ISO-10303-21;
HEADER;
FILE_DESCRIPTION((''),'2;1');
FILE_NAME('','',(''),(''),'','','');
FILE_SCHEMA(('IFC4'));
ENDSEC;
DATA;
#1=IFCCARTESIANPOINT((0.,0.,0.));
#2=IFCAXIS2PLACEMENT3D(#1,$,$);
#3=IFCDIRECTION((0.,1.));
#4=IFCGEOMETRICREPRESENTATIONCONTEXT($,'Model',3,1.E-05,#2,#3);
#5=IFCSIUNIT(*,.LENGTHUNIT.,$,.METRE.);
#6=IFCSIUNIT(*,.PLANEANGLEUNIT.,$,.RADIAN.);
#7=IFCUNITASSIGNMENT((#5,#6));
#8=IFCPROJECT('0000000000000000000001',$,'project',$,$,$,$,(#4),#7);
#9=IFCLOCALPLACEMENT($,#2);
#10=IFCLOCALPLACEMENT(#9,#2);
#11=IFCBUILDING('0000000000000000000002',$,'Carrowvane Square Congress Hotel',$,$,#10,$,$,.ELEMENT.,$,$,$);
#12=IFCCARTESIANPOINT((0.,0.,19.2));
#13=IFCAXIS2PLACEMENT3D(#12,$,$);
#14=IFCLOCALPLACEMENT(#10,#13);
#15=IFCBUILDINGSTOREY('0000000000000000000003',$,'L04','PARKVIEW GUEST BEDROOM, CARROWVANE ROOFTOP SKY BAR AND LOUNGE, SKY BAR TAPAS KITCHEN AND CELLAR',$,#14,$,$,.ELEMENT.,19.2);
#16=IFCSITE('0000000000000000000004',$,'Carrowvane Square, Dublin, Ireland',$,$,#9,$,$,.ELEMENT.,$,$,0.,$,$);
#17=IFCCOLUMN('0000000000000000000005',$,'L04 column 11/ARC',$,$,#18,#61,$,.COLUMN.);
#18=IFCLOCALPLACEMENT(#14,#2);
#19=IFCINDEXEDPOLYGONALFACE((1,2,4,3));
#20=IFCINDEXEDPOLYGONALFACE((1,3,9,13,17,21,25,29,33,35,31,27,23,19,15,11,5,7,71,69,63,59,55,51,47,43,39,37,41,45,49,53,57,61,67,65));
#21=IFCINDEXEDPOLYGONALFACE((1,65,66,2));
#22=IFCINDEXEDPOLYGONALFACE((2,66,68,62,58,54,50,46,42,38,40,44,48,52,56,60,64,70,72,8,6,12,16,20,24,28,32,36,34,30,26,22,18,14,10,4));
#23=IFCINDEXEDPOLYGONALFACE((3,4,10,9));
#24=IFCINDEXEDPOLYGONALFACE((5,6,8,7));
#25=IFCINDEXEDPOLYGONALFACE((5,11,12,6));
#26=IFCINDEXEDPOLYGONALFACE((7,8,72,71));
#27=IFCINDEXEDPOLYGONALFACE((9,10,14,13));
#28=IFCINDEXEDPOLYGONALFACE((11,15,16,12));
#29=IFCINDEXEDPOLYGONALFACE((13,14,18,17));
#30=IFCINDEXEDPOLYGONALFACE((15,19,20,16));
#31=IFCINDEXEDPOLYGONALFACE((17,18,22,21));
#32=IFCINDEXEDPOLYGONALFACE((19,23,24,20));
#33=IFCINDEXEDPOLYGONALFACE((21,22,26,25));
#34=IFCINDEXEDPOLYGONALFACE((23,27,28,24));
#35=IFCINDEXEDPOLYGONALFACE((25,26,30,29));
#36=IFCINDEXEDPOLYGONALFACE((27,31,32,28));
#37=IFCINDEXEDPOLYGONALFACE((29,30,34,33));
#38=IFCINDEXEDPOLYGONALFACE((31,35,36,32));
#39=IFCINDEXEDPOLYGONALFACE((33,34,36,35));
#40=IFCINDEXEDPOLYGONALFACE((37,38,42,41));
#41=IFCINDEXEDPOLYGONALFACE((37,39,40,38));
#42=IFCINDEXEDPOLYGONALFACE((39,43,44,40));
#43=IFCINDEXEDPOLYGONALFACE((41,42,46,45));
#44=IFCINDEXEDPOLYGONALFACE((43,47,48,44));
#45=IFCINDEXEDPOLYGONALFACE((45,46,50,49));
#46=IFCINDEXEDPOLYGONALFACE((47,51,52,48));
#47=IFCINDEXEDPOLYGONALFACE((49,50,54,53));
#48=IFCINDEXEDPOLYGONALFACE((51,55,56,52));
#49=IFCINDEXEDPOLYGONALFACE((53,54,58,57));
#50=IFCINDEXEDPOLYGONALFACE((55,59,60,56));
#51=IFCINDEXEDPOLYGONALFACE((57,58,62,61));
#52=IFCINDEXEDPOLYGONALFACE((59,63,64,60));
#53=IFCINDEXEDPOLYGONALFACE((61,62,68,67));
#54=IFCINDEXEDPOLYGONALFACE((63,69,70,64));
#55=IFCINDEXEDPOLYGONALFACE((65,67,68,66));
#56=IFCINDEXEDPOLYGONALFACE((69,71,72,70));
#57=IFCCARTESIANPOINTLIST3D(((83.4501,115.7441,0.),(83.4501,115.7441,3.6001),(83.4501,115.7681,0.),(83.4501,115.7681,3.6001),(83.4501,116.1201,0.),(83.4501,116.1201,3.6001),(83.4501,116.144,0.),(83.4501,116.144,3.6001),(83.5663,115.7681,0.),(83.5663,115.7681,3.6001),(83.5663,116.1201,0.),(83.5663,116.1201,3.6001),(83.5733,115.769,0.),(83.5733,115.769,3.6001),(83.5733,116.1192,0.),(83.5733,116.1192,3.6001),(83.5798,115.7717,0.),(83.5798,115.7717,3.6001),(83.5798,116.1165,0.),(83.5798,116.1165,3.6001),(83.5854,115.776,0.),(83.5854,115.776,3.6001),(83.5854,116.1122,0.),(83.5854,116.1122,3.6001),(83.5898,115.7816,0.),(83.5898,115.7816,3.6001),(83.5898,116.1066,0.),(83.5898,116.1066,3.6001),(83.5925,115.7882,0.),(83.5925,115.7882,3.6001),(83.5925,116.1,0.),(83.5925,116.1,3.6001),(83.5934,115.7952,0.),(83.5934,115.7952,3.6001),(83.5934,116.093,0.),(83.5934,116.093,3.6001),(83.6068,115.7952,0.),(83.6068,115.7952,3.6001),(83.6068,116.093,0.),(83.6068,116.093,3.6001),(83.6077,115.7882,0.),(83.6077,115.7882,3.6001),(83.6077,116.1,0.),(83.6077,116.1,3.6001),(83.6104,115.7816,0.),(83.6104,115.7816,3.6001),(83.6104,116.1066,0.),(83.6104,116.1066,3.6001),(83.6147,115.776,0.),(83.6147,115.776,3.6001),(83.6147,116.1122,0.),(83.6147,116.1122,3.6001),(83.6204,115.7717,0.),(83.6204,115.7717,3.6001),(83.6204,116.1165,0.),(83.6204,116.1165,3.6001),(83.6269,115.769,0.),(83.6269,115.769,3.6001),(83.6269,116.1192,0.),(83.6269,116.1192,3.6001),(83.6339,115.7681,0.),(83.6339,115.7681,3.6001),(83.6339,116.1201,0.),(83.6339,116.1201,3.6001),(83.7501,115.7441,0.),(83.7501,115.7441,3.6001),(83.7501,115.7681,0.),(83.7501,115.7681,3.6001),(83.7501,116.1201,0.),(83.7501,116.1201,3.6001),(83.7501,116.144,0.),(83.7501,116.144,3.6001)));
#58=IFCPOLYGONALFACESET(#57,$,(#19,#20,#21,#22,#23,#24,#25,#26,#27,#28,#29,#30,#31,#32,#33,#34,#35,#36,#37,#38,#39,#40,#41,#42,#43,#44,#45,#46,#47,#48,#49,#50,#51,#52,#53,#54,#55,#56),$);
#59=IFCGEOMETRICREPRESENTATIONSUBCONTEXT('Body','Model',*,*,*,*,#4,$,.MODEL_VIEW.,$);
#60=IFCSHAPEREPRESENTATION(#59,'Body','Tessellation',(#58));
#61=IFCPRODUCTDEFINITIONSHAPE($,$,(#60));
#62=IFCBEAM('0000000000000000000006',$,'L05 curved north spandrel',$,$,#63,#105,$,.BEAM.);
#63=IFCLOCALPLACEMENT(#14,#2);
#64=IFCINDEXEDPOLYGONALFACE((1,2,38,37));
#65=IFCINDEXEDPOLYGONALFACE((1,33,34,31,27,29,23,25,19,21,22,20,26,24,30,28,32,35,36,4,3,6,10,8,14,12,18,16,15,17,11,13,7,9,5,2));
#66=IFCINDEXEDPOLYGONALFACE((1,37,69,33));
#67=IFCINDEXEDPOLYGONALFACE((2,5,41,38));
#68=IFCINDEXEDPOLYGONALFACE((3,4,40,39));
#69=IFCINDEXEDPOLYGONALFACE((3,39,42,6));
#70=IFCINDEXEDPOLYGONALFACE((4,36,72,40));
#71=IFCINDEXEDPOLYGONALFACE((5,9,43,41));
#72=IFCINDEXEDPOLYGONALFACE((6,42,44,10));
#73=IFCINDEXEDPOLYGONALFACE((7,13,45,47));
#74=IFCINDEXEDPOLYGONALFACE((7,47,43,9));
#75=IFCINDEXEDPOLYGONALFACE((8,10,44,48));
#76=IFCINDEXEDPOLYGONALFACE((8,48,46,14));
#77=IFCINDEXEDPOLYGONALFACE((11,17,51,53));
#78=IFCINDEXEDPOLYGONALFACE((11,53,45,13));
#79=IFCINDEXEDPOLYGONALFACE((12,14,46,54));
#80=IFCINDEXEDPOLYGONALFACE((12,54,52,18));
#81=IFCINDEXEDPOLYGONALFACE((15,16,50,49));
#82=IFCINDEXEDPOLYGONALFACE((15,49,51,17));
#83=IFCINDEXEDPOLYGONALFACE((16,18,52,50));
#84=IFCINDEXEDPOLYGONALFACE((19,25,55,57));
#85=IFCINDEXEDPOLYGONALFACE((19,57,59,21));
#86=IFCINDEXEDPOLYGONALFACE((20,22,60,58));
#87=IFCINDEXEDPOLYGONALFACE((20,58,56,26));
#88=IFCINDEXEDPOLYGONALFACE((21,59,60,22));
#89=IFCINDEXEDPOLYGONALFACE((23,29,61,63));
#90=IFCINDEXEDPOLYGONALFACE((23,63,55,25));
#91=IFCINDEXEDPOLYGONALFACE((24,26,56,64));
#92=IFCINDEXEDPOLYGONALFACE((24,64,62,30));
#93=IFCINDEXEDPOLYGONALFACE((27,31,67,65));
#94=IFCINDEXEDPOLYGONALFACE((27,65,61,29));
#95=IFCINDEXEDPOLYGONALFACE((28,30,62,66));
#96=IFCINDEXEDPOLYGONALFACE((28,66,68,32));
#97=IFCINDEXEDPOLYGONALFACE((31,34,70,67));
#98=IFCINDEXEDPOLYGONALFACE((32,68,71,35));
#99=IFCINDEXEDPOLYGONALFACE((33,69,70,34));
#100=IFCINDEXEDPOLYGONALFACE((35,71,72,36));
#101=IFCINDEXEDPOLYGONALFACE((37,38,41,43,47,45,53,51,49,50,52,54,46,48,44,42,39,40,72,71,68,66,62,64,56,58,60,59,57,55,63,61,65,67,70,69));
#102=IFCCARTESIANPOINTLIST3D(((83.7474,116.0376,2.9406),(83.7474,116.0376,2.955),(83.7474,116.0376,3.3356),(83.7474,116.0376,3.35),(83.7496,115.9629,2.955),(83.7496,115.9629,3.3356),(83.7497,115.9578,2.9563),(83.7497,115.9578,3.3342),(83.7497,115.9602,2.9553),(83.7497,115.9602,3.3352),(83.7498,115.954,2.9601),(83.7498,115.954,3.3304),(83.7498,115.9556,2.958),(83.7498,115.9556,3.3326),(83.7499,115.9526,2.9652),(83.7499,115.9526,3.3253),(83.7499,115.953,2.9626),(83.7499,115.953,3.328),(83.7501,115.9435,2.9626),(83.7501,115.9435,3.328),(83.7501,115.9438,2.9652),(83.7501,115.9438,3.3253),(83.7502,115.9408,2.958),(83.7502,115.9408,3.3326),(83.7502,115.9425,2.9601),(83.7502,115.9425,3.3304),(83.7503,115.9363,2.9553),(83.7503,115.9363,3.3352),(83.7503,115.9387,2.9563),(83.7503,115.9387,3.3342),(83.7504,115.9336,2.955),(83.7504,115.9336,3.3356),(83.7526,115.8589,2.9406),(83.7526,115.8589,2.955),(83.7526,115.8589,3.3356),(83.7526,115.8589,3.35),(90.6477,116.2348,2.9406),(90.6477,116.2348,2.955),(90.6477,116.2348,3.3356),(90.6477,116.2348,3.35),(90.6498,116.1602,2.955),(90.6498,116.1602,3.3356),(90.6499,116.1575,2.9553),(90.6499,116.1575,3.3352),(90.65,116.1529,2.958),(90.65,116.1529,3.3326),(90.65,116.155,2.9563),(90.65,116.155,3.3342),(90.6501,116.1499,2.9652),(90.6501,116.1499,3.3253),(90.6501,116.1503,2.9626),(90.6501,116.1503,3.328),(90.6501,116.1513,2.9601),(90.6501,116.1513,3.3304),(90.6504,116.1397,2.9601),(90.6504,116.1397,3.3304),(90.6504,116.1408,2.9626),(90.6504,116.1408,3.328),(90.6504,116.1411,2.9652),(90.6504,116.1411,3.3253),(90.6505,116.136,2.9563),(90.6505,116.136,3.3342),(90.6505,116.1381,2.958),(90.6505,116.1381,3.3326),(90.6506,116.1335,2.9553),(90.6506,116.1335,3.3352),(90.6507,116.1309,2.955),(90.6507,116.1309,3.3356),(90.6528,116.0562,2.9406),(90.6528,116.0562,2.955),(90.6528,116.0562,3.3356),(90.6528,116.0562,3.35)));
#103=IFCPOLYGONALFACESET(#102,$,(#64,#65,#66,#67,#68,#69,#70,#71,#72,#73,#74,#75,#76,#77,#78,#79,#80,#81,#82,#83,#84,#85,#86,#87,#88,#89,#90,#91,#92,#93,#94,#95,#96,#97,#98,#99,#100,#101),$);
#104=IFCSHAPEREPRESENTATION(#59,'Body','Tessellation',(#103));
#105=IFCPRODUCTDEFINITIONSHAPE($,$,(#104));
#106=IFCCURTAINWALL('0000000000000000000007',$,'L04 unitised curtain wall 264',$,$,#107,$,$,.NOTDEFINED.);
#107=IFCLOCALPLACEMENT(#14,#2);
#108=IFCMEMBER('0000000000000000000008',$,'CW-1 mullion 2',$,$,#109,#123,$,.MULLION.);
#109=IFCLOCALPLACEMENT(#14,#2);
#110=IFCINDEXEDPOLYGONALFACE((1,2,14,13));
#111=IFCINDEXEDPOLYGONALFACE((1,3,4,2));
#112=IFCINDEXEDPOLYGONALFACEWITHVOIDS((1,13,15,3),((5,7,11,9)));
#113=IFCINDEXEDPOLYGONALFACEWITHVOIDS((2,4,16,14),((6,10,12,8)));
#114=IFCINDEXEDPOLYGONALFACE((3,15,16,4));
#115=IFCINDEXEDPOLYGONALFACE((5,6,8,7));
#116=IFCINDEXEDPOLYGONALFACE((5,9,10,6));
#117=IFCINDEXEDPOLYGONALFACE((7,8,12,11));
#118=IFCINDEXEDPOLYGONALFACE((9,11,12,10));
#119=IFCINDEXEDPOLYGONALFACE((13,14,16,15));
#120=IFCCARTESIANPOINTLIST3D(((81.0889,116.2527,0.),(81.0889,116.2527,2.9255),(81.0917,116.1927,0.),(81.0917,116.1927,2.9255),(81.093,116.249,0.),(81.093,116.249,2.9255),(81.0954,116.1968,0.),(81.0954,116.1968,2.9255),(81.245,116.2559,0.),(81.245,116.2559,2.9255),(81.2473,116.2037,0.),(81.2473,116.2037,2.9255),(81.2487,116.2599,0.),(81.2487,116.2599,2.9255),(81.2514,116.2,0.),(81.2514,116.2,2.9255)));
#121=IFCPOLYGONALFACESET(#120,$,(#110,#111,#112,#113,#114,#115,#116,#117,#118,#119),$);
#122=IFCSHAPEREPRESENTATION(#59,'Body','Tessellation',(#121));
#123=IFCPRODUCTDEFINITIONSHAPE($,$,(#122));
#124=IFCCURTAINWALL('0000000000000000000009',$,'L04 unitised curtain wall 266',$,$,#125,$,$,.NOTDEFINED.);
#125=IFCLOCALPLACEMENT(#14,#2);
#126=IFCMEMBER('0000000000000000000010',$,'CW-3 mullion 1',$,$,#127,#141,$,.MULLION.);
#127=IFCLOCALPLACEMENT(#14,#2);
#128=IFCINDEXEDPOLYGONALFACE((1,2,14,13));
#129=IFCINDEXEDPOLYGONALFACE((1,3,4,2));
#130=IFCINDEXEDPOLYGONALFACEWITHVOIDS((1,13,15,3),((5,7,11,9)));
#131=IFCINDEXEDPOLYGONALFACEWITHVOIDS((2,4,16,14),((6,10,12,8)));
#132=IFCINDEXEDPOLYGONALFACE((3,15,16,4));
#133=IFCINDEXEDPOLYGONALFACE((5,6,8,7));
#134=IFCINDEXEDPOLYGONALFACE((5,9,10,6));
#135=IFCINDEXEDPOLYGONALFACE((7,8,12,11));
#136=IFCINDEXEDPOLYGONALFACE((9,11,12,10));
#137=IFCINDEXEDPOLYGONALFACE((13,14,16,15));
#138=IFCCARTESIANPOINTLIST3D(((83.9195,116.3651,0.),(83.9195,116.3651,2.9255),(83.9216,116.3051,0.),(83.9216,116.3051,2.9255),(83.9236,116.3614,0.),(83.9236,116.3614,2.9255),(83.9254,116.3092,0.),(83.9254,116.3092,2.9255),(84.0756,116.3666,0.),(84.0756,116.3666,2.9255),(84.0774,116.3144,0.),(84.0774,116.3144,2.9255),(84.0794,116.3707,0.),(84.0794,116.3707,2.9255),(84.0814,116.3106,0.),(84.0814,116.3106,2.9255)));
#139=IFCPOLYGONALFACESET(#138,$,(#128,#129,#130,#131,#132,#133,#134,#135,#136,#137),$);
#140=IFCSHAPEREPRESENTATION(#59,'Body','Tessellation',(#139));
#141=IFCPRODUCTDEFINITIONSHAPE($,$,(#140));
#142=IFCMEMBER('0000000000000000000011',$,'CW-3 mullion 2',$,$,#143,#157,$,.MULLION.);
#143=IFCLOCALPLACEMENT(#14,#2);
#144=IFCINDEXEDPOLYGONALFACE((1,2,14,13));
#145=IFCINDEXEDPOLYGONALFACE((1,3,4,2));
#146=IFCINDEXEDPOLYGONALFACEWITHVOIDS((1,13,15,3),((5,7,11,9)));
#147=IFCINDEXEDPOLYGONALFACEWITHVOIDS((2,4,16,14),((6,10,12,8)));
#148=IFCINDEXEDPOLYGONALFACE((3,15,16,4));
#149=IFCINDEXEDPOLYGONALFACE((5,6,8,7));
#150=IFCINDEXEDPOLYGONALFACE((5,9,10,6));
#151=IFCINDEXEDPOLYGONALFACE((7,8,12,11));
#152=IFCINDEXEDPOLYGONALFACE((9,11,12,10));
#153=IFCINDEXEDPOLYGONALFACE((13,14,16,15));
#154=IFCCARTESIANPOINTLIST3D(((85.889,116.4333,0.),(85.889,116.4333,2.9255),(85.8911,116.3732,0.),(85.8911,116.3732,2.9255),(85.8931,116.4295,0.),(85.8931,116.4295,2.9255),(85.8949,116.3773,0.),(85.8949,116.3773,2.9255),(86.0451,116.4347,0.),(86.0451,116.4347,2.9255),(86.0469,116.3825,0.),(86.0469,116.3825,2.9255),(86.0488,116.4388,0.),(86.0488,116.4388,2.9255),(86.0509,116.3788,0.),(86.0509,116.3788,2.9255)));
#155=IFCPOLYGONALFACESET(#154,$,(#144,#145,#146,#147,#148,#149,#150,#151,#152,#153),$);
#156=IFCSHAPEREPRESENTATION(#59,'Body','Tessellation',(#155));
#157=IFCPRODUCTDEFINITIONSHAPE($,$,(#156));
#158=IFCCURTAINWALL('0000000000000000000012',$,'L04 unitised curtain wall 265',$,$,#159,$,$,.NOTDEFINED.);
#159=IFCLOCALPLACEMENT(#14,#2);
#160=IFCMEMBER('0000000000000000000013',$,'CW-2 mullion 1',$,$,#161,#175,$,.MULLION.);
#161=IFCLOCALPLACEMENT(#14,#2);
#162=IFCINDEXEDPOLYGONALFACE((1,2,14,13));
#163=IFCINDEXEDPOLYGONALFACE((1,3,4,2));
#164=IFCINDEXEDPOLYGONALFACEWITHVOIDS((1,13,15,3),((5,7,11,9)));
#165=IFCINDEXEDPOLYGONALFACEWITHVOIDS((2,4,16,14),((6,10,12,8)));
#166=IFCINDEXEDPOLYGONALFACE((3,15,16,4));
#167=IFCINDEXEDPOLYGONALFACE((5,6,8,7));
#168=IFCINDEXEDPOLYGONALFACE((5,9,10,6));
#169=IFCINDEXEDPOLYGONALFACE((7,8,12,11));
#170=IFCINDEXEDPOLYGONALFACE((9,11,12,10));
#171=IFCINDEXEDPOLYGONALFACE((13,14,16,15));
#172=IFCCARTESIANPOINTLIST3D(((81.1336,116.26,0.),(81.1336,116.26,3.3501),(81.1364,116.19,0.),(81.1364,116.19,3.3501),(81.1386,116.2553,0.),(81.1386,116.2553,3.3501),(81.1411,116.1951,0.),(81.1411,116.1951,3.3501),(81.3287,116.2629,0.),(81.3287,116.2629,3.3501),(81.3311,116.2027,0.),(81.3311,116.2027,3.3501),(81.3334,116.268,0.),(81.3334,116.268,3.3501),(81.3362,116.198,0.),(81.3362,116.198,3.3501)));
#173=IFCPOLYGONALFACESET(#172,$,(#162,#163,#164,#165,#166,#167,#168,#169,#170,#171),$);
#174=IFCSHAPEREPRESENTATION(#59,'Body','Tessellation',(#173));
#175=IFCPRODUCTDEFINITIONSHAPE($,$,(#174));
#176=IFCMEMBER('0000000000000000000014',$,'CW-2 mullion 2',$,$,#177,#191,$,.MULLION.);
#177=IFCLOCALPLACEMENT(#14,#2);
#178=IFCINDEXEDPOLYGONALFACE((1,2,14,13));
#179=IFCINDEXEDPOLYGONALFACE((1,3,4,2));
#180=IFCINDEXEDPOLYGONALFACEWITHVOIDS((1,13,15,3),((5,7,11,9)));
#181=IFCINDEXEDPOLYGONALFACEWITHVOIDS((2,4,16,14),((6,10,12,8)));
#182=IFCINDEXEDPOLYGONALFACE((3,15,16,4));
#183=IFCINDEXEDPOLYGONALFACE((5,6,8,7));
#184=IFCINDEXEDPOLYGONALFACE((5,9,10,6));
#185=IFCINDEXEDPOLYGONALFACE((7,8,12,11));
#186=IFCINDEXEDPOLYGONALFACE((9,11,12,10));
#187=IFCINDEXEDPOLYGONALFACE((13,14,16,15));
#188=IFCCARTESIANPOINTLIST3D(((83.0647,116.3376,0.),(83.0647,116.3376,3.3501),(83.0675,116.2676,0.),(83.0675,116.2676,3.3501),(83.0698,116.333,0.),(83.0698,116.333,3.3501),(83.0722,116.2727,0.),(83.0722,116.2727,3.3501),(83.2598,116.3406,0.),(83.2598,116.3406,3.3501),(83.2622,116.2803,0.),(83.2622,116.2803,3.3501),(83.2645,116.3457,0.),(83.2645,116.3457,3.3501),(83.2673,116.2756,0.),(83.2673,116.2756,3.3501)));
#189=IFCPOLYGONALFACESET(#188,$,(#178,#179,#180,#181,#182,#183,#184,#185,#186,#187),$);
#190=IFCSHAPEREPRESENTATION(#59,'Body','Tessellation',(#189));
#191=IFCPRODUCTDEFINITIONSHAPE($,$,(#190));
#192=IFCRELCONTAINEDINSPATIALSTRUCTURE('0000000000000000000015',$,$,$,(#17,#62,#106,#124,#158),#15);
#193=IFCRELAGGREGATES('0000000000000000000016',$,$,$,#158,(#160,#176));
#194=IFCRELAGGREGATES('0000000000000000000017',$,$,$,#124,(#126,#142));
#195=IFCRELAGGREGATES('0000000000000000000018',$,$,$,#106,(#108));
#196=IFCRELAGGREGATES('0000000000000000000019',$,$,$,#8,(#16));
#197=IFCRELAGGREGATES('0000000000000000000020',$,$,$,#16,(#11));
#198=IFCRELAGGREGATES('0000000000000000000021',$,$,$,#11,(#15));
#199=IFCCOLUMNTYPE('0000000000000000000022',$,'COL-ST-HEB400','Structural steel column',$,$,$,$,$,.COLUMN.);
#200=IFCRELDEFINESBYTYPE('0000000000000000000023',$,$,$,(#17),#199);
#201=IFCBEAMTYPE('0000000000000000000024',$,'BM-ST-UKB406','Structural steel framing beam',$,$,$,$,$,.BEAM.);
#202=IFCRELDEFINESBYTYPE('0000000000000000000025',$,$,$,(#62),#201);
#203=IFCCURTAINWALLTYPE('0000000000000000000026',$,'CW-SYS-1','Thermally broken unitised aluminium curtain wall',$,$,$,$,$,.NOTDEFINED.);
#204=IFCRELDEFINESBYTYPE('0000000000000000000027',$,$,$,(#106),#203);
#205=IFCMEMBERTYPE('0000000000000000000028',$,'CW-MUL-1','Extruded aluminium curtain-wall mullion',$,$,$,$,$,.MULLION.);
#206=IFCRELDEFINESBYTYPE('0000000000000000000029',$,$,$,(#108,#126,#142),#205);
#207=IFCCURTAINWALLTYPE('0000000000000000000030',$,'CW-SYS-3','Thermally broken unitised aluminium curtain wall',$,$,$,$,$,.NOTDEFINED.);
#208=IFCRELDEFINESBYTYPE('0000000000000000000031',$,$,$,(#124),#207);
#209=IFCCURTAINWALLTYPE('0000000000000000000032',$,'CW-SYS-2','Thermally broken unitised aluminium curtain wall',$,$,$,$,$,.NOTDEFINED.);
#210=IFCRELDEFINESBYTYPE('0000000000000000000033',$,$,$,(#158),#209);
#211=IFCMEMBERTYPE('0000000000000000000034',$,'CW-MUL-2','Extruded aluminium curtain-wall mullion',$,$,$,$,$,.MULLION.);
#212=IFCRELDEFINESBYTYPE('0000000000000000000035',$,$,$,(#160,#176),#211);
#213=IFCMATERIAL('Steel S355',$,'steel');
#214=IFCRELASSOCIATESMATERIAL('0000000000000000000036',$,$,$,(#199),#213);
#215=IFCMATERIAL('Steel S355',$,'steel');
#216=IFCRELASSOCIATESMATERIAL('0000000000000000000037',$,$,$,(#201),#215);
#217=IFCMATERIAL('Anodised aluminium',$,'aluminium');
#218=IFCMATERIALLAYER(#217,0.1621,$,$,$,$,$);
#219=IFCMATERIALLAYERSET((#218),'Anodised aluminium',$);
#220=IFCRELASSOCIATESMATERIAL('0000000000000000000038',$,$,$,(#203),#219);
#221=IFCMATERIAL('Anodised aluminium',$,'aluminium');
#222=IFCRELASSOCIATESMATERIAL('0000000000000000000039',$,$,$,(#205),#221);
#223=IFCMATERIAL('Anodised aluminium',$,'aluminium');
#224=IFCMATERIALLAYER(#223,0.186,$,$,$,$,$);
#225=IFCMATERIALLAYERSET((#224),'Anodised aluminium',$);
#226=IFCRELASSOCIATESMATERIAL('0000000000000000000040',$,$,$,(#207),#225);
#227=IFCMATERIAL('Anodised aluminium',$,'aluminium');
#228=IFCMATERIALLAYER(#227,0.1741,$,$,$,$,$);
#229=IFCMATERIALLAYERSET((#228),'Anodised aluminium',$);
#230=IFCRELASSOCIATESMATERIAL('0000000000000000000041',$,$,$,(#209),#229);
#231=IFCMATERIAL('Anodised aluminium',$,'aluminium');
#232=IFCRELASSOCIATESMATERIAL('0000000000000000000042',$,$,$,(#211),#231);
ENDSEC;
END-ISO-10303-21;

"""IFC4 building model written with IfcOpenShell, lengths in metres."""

from ifc_helpers import new_model, si_unit, direction, frame, origin, origin_2d, place, context, subcontext, project, spatial, hollow_rectangle, i_section, extrude, material, layer, layer_set, material_profile, profile_set, type_object, element, aggregate, save


model = new_model("IFC4")

# Units and contexts
model_context = context("Model", 3, precision=1e-05, world=origin(), true_north=direction((0.0, 1.0)))
body_context = subcontext(model_context, "Body", "Model", "MODEL_VIEW")
ifc_project = project(units=[si_unit("LENGTHUNIT", "METRE"), si_unit("PLANEANGLEUNIT", "RADIAN")], contexts=[model_context])

# Site, building, storey
site_placement = place(None, origin())
site = spatial("IfcSite", under=ifc_project, at=site_placement, Name="Carrowvane Square, Dublin, Ireland", CompositionType="ELEMENT", RefElevation=0.0)
building_placement = place(site_placement, origin())
building = spatial("IfcBuilding", under=site, at=building_placement, Name="Carrowvane Square Congress Hotel", CompositionType="ELEMENT")
storey_placement = place(building_placement, frame((0.0, 0.0, 19.2)))
storey = spatial("IfcBuildingStorey", under=building, at=storey_placement, Name="L04", Description="PARKVIEW GUEST BEDROOM, CARROWVANE ROOFTOP SKY BAR AND LOUNGE, SKY BAR TAPAS KITCHEN AND CELLAR", CompositionType="ELEMENT", Elevation=19.2)

# Column
ifc_material_1 = material(Name="Steel S355", Category="steel")
ifc_material_profile_1 = material_profile(ifc_material_1, i_section(OverallWidth=0.3, OverallDepth=0.3999, WebThickness=0.0134, FlangeThickness=0.0239, FilletRadius=0.0271, at=origin_2d()), Name="HEB 400")
ifc_profile_set_1 = profile_set([ifc_material_profile_1], Name="Steel S355")
column_type = type_object("IfcColumnType", Name="COL-ST-HEB400", Description="Structural steel column", PredefinedType="COLUMN", material=ifc_profile_set_1)
column_placement = place(storey_placement, frame((83.6001, 115.9441, 0.0), z_axis=(0.0, 0.0, 1.0), x_axis=(1.0, 0.0, 0.0)))
element("IfcColumn", 1, at=column_placement, inside=storey, type_object=column_type, Name="L04 column 11/ARC", PredefinedType="COLUMN", context=body_context, shape_type="SweptSolid", body=[
    extrude(i_section(OverallWidth=0.3, OverallDepth=0.3999, WebThickness=0.0134, FlangeThickness=0.0239, FilletRadius=0.0271, at=origin_2d()), origin(), (0.0, 0.0, 1.0), 3.6001),
])

# Beam
ifc_material_2 = material(Name="Steel S355", Category="steel")
ifc_material_profile_2 = material_profile(ifc_material_2, i_section(OverallWidth=0.1787, OverallDepth=0.4094, WebThickness=0.0088, FlangeThickness=0.0144, FilletRadius=0.0103, at=origin_2d()), Name="UKB 406x178x67")
ifc_profile_set_2 = profile_set([ifc_material_profile_2], Name="Steel S355")
beam_type = type_object("IfcBeamType", Name="BM-ST-UKB406", Description="Structural steel framing beam", PredefinedType="BEAM", material=ifc_profile_set_2)
beam_placement = place(storey_placement, frame((83.75, 115.9482, 3.1453), z_axis=(0.999592, 0.028577, 0.0), x_axis=(-0.028577, 0.999592, 0.0)))
element("IfcBeam", 2, at=beam_placement, inside=storey, type_object=beam_type, Name="L05 curved north spandrel", PredefinedType="BEAM", context=body_context, shape_type="SweptSolid", body=[
    extrude(i_section(OverallWidth=0.1787, OverallDepth=0.4094, WebThickness=0.0088, FlangeThickness=0.0144, FilletRadius=0.0103, at=origin_2d()), origin(), (0.0, 0.0, 1.0), 6.9031),
])

# Curtain wall, member
ifc_material_3 = material(Name="Anodised aluminium", Category="aluminium")
ifc_layer_1 = layer(ifc_material_3, 0.1621)
ifc_layer_set_1 = layer_set([ifc_layer_1], Name="Anodised aluminium")
curtain_wall_type_1 = type_object("IfcCurtainWallType", Name="CW-SYS-1", Description="Thermally broken unitised aluminium curtain wall", PredefinedType="NOTDEFINED", material=ifc_layer_set_1)
curtain_wall_1_placement = place(storey_placement, origin())
curtain_wall_1 = element("IfcCurtainWall", 3, at=curtain_wall_1_placement, inside=storey, type_object=curtain_wall_type_1, Name="L04 unitised curtain wall 264", PredefinedType="NOTDEFINED")
ifc_material_4 = material(Name="Anodised aluminium", Category="aluminium")
ifc_material_profile_3 = material_profile(ifc_material_4, hollow_rectangle(XDim=0.0601, YDim=0.1599, WallThickness=0.0039, at=origin_2d()), Name="CW-ML 60x160x4")
ifc_profile_set_3 = profile_set([ifc_material_profile_3], Name="Anodised aluminium")
member_type_1 = type_object("IfcMemberType", Name="CW-MUL-1", Description="Extruded aluminium curtain-wall mullion", PredefinedType="MULLION", material=ifc_profile_set_3)
member_1_placement = place(storey_placement, frame((81.1702, 116.2263, 0.0), z_axis=(0.0, 0.0, 1.0), x_axis=(-0.045411, 0.998968, 0.0)))
member_1 = element("IfcMember", 4, at=member_1_placement, type_object=member_type_1, Name="CW-1 mullion 2", PredefinedType="MULLION", context=body_context, shape_type="SweptSolid", body=[
    extrude(hollow_rectangle(XDim=0.0601, YDim=0.1599, WallThickness=0.0039, at=origin_2d()), origin(), (0.0, 0.0, 1.0), 2.9255),
])

# Curtain walls, members
ifc_material_5 = material(Name="Anodised aluminium", Category="aluminium")
ifc_layer_2 = layer(ifc_material_5, 0.186)
ifc_layer_set_2 = layer_set([ifc_layer_2], Name="Anodised aluminium")
curtain_wall_type_2 = type_object("IfcCurtainWallType", Name="CW-SYS-3", Description="Thermally broken unitised aluminium curtain wall", PredefinedType="NOTDEFINED", material=ifc_layer_set_2)
curtain_wall_2_placement = place(storey_placement, origin())
curtain_wall_2 = element("IfcCurtainWall", 5, at=curtain_wall_2_placement, inside=storey, type_object=curtain_wall_type_2, Name="L04 unitised curtain wall 266", PredefinedType="NOTDEFINED")
member_2_placement = place(storey_placement, frame((84.0005, 116.3379, 0.0), z_axis=(0.0, 0.0, 1.0), x_axis=(-0.034527, 0.999404, 0.0)))
member_2 = element("IfcMember", 6, at=member_2_placement, type_object=member_type_1, Name="CW-3 mullion 1", PredefinedType="MULLION", context=body_context, shape_type="SweptSolid", body=[
    extrude(hollow_rectangle(XDim=0.0601, YDim=0.1599, WallThickness=0.0039, at=origin_2d()), origin(), (0.0, 0.0, 1.0), 2.9255),
])
member_3_placement = place(storey_placement, frame((85.97, 116.406, 0.0), z_axis=(0.0, 0.0, 1.0), x_axis=(-0.034527, 0.999404, 0.0)))
member_3 = element("IfcMember", 7, at=member_3_placement, type_object=member_type_1, Name="CW-3 mullion 2", PredefinedType="MULLION", context=body_context, shape_type="SweptSolid", body=[
    extrude(hollow_rectangle(XDim=0.0601, YDim=0.1599, WallThickness=0.0039, at=origin_2d()), origin(), (0.0, 0.0, 1.0), 2.9255),
])
ifc_material_6 = material(Name="Anodised aluminium", Category="aluminium")
ifc_layer_3 = layer(ifc_material_6, 0.1741)
ifc_layer_set_3 = layer_set([ifc_layer_3], Name="Anodised aluminium")
curtain_wall_type_3 = type_object("IfcCurtainWallType", Name="CW-SYS-2", Description="Thermally broken unitised aluminium curtain wall", PredefinedType="NOTDEFINED", material=ifc_layer_set_3)
curtain_wall_3_placement = place(storey_placement, origin())
curtain_wall_3 = element("IfcCurtainWall", 8, at=curtain_wall_3_placement, inside=storey, type_object=curtain_wall_type_3, Name="L04 unitised curtain wall 265", PredefinedType="NOTDEFINED")
ifc_material_7 = material(Name="Anodised aluminium", Category="aluminium")
ifc_material_profile_4 = material_profile(ifc_material_7, hollow_rectangle(XDim=0.0701, YDim=0.2, WallThickness=0.0049, at=origin_2d()), Name="CW-ML 70x200x5")
ifc_profile_set_4 = profile_set([ifc_material_profile_4], Name="Anodised aluminium")
member_type_2 = type_object("IfcMemberType", Name="CW-MUL-2", Description="Extruded aluminium curtain-wall mullion", PredefinedType="MULLION", material=ifc_profile_set_4)
member_4_placement = place(storey_placement, frame((81.2349, 116.229, 0.0), z_axis=(0.0, 0.0, 1.0), x_axis=(-0.040136, 0.999194, 0.0)))
member_4 = element("IfcMember", 9, at=member_4_placement, type_object=member_type_2, Name="CW-2 mullion 1", PredefinedType="MULLION", context=body_context, shape_type="SweptSolid", body=[
    extrude(hollow_rectangle(XDim=0.0701, YDim=0.2, WallThickness=0.0049, at=origin_2d()), origin(), (0.0, 0.0, 1.0), 3.3501),
])
member_5_placement = place(storey_placement, frame((83.166, 116.3066, 0.0), z_axis=(0.0, 0.0, 1.0), x_axis=(-0.040136, 0.999194, 0.0)))
member_5 = element("IfcMember", 10, at=member_5_placement, type_object=member_type_2, Name="CW-2 mullion 2", PredefinedType="MULLION", context=body_context, shape_type="SweptSolid", body=[
    extrude(hollow_rectangle(XDim=0.0701, YDim=0.2, WallThickness=0.0049, at=origin_2d()), origin(), (0.0, 0.0, 1.0), 3.3501),
])

aggregate(curtain_wall_3, [member_4, member_5])
aggregate(curtain_wall_2, [member_2, member_3])
aggregate(curtain_wall_1, [member_1])

save(model, "model.ifc")
